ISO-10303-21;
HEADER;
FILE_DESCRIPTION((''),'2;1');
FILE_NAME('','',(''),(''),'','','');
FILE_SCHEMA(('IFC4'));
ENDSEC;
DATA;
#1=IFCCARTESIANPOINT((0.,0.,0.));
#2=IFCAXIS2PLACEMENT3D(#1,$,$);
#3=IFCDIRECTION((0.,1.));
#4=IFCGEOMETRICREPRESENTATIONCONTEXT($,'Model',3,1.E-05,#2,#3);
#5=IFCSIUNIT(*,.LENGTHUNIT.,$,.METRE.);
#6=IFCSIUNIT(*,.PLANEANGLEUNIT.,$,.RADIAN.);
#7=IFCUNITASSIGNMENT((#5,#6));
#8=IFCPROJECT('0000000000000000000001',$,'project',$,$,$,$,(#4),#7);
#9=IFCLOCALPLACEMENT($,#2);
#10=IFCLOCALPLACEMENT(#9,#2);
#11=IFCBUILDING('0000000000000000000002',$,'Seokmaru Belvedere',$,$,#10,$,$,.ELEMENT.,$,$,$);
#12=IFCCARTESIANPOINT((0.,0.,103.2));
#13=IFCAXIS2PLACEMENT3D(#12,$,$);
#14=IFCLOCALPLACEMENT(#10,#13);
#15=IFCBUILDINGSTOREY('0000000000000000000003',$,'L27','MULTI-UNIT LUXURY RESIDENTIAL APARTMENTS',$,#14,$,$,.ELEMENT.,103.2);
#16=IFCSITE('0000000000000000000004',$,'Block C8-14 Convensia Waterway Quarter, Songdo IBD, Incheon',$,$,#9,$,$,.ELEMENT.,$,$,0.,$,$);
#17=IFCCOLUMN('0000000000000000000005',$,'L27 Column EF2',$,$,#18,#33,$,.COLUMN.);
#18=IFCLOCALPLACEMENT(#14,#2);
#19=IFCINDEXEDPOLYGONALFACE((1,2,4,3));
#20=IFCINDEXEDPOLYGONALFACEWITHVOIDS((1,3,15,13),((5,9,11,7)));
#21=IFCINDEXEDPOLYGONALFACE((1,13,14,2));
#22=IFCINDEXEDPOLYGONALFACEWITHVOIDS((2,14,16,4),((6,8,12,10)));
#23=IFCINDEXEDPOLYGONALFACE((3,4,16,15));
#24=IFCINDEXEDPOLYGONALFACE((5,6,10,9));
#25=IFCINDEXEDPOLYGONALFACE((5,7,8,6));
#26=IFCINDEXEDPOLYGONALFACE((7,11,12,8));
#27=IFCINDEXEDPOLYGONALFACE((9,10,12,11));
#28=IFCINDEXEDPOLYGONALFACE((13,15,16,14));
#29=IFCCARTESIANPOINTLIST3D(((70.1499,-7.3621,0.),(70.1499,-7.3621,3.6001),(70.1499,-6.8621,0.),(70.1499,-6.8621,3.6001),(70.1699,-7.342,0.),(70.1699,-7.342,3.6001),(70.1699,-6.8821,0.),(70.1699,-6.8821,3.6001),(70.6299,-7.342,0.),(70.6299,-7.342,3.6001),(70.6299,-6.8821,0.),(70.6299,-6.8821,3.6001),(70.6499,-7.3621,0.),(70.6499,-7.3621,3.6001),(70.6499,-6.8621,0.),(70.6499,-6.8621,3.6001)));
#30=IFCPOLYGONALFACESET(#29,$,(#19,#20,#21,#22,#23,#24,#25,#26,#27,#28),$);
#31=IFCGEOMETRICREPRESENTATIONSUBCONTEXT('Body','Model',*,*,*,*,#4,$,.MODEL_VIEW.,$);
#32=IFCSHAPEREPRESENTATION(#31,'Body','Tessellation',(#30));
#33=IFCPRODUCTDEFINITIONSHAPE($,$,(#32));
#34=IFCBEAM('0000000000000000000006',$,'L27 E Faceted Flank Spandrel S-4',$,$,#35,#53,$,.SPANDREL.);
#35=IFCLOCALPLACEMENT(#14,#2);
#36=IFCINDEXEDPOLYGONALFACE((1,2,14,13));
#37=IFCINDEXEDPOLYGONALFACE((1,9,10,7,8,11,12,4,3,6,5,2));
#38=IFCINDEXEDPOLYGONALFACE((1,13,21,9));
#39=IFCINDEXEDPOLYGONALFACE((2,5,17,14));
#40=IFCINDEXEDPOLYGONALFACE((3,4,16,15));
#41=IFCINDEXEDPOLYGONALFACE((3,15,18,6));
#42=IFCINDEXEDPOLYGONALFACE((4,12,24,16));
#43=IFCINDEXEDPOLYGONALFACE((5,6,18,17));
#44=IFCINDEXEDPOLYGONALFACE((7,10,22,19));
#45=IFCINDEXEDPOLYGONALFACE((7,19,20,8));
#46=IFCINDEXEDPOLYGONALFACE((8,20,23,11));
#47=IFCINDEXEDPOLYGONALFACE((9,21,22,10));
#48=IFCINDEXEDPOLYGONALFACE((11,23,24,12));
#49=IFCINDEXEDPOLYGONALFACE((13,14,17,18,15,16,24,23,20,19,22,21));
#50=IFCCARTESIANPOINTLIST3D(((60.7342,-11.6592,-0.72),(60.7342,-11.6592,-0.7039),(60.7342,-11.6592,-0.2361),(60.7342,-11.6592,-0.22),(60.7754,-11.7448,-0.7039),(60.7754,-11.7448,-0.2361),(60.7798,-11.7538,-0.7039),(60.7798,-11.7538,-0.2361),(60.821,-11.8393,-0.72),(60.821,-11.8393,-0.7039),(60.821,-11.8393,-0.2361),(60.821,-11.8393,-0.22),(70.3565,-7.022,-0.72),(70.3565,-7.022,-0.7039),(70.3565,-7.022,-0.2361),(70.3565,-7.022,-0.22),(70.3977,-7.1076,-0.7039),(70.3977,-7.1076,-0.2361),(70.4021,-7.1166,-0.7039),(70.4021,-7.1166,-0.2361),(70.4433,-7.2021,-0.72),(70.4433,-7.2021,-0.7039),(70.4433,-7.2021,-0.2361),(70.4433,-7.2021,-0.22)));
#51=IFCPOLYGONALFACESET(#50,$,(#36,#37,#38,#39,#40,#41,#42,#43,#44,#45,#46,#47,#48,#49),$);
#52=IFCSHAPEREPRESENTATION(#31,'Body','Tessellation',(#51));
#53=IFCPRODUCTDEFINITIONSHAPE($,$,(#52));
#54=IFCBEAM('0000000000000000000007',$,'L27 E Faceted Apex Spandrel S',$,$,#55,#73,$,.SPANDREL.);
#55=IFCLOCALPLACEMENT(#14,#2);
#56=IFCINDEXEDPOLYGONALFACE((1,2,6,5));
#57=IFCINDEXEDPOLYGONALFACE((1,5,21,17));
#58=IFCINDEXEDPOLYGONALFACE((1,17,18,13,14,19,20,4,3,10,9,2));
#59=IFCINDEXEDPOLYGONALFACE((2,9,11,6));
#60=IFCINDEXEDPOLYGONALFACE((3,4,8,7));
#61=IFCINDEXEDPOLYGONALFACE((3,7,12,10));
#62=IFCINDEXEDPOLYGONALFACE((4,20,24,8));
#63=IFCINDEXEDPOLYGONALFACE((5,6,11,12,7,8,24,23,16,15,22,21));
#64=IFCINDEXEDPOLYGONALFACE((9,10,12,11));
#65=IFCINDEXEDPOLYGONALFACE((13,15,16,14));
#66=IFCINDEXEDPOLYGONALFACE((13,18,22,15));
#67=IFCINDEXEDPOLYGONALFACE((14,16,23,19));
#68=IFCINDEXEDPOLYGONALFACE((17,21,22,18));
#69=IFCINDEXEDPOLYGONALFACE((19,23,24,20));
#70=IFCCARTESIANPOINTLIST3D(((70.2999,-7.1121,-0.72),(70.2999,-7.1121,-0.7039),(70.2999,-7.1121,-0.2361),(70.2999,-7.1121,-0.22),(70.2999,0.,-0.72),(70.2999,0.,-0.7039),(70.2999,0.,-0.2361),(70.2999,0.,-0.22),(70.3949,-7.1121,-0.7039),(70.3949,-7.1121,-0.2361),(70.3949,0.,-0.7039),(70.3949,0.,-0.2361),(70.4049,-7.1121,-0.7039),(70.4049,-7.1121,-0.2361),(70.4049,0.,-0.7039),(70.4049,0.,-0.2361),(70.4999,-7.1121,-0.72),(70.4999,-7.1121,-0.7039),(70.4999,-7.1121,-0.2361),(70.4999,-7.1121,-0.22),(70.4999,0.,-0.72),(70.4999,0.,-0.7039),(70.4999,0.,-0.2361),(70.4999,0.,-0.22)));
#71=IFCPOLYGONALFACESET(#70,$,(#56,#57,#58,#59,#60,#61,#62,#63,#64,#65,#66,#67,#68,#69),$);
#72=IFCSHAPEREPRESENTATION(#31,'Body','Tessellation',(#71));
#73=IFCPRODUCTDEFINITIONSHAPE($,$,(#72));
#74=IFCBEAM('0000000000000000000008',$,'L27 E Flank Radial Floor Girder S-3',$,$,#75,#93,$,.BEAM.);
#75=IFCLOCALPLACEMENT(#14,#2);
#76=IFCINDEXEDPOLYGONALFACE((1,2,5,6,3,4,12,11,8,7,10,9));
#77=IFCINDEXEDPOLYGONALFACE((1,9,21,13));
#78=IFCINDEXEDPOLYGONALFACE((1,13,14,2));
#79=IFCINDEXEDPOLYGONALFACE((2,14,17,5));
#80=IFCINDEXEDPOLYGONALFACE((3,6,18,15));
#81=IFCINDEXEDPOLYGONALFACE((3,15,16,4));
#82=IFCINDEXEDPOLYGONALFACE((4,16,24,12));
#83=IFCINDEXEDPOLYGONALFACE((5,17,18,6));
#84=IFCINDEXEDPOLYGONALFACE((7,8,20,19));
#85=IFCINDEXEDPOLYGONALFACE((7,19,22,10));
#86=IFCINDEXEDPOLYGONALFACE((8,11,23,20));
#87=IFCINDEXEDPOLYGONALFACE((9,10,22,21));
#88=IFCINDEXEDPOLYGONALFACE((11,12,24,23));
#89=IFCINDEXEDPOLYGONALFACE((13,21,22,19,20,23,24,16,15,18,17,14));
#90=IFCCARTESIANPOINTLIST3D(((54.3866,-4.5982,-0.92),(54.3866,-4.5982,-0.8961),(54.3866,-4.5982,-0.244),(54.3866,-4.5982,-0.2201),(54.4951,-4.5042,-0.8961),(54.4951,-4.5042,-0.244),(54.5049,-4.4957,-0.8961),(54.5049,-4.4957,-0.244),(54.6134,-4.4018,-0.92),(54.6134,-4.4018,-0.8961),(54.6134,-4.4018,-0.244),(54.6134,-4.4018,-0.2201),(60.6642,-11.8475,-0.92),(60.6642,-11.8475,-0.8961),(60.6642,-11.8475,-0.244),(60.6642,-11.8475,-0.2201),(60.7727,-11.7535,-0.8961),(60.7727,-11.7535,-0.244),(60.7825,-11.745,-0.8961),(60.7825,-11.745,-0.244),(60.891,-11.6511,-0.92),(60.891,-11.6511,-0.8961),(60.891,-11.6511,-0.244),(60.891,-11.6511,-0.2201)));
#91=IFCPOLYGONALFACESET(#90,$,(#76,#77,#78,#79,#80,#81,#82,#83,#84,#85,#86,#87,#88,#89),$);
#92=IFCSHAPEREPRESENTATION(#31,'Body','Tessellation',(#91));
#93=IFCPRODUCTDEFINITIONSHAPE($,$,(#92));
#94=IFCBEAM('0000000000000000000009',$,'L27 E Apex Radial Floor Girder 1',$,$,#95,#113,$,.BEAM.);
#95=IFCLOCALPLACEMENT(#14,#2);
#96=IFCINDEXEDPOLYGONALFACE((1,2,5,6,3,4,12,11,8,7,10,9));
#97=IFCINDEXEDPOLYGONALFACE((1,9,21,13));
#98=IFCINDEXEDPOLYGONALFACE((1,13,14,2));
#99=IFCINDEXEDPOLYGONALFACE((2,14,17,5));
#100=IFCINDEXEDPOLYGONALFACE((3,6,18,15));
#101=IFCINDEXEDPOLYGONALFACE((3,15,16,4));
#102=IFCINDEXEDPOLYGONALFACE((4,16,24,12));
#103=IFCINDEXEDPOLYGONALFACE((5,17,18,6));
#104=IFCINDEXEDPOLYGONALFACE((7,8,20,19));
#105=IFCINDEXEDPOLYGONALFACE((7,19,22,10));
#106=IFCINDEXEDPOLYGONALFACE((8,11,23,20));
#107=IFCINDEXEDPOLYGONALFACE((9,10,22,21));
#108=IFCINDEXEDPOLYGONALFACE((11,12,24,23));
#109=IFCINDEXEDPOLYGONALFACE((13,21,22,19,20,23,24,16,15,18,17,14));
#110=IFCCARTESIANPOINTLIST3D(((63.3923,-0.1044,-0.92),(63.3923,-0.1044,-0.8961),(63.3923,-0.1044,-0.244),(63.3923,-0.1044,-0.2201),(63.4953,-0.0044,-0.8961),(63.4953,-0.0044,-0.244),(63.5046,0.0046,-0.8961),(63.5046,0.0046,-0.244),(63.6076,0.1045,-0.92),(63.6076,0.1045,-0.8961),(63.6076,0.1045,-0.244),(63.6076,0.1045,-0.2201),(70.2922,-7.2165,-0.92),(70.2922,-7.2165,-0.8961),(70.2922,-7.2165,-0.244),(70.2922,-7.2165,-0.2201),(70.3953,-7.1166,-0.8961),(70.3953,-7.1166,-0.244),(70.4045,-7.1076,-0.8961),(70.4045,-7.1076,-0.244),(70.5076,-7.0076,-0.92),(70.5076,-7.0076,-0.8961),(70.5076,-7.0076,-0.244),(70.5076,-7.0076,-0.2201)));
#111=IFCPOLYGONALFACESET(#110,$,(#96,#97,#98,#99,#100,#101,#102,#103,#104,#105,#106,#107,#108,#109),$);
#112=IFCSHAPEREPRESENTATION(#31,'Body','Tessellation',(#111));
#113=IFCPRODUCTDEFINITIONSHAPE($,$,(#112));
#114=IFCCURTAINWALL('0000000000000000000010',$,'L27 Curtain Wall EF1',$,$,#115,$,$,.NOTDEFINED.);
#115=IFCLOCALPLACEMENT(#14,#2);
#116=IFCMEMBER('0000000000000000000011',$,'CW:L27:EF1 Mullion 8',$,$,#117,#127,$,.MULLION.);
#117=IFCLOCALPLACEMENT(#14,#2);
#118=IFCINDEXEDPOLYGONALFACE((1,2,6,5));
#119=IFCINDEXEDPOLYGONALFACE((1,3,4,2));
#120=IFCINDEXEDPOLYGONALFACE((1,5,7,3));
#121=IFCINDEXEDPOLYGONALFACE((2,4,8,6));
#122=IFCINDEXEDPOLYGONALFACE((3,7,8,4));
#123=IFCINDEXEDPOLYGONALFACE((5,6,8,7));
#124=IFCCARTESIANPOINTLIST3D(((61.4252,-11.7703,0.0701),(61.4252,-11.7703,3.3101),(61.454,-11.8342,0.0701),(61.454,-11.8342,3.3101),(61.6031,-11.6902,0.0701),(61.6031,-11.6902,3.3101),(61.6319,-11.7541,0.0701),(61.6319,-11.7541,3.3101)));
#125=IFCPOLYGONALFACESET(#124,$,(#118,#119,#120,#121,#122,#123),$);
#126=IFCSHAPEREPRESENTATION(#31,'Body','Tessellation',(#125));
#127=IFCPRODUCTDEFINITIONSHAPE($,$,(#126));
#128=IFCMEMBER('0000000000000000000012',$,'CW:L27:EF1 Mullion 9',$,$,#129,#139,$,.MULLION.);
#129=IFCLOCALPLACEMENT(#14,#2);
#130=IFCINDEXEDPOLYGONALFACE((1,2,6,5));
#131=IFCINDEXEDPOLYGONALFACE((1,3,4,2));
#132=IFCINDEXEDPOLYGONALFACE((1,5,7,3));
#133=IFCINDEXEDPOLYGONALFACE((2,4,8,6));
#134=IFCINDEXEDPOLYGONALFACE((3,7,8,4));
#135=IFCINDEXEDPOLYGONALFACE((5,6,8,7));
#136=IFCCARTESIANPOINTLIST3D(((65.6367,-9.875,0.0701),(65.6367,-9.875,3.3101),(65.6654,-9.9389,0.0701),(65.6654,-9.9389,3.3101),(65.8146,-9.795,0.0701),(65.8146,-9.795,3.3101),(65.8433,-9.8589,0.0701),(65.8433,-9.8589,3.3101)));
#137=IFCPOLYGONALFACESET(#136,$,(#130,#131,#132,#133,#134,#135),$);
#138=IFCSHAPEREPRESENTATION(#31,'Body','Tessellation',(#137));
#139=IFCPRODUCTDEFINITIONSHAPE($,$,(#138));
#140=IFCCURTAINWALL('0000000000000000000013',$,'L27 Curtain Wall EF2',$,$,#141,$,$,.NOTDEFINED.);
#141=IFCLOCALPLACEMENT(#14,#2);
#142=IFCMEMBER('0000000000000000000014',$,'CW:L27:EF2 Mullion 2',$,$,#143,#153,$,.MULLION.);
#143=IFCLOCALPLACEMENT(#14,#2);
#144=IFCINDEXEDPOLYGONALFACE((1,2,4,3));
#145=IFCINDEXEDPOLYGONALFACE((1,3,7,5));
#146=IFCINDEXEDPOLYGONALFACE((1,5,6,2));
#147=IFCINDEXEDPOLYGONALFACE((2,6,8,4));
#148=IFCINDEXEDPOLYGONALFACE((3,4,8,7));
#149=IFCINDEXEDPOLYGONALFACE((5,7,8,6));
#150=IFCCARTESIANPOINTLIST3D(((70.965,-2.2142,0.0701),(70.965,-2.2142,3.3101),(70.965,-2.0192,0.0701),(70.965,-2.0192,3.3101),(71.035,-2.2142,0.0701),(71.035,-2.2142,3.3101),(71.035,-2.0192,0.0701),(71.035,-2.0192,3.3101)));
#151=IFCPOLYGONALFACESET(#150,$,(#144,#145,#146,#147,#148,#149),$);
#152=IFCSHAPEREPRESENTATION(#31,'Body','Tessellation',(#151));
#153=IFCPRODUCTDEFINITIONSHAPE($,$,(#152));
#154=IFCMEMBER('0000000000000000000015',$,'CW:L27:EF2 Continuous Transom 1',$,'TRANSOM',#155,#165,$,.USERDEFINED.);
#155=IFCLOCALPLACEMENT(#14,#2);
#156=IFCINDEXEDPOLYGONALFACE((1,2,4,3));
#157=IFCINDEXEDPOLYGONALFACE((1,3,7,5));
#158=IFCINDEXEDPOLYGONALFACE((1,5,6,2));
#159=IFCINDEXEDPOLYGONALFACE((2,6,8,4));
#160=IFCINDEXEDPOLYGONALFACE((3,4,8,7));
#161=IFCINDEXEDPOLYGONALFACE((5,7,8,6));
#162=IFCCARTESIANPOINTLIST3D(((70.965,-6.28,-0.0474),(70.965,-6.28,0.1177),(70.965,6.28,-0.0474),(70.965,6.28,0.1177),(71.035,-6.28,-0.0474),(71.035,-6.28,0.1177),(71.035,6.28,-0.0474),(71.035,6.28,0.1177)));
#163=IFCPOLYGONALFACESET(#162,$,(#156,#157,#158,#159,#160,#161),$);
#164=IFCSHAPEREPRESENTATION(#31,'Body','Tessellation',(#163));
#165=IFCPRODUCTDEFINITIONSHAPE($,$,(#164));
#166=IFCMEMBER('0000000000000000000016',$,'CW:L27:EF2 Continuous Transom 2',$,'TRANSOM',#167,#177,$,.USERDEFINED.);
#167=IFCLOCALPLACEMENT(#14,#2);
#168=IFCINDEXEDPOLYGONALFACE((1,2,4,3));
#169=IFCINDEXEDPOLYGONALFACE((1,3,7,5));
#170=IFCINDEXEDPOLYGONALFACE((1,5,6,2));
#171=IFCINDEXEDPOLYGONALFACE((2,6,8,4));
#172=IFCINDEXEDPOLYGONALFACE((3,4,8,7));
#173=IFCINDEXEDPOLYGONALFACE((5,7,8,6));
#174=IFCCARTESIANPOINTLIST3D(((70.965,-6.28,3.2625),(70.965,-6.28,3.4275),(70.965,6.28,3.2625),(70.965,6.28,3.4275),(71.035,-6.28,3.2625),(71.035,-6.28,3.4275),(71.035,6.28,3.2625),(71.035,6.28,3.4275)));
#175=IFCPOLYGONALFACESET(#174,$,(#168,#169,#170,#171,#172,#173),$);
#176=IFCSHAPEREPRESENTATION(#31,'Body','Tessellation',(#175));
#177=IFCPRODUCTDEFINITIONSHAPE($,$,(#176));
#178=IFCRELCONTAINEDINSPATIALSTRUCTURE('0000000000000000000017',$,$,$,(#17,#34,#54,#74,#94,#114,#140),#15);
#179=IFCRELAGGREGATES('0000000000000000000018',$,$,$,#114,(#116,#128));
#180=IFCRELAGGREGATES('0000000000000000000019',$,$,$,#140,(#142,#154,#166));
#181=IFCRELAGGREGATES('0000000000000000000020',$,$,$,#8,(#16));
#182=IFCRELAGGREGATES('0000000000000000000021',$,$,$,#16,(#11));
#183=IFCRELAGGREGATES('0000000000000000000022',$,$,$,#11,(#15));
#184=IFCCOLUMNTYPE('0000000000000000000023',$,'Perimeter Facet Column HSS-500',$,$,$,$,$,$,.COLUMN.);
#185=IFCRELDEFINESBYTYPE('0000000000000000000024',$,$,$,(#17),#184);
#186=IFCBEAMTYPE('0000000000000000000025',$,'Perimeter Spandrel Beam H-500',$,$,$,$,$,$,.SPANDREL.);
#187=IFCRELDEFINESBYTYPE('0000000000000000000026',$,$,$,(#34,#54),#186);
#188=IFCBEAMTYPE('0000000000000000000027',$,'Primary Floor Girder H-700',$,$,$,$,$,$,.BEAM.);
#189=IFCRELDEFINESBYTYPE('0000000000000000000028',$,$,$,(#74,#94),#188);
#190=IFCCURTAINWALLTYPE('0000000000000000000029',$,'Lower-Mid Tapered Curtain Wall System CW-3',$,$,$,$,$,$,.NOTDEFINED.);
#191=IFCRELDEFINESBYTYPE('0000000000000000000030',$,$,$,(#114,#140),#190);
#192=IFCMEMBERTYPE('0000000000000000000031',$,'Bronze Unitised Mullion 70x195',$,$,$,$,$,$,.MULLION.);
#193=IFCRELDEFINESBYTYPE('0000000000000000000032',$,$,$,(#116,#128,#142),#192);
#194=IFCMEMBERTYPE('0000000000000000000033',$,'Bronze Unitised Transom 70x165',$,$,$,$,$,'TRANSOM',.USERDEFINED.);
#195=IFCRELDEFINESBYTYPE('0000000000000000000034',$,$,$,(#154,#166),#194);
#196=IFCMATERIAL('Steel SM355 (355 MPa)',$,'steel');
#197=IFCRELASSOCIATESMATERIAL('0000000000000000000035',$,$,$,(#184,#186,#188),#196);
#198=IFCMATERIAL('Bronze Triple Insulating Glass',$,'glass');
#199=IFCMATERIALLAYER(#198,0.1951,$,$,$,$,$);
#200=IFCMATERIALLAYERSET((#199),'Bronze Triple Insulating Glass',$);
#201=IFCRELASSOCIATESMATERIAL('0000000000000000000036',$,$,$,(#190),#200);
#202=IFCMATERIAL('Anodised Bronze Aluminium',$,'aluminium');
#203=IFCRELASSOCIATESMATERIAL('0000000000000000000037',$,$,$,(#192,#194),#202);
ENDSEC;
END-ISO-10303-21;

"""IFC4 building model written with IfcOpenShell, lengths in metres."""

from ifc_helpers import new_model, si_unit, direction, frame, origin, origin_2d, place, context, subcontext, project, spatial, rectangle, hollow_rectangle, i_section, extrude, source, transform, mapped, material, layer, layer_set, material_profile, profile_set, type_object, type_shapes, element, aggregate, save


model = new_model("IFC4")

# Units and contexts
model_context = context("Model", 3, precision=1e-05, world=origin(), true_north=direction((0.0, 1.0)))
body_context = subcontext(model_context, "Body", "Model", "MODEL_VIEW")
ifc_project = project(units=[si_unit("LENGTHUNIT", "METRE"), si_unit("PLANEANGLEUNIT", "RADIAN")], contexts=[model_context])

# Site, building, storey
site_placement = place(None, origin())
site = spatial("IfcSite", under=ifc_project, at=site_placement, Name="Block C8-14 Convensia Waterway Quarter, Songdo IBD, Incheon", CompositionType="ELEMENT", RefElevation=0.0)
building_placement = place(site_placement, origin())
building = spatial("IfcBuilding", under=site, at=building_placement, Name="Seokmaru Belvedere", CompositionType="ELEMENT")
storey_placement = place(building_placement, frame((0.0, 0.0, 103.2)))
storey = spatial("IfcBuildingStorey", under=building, at=storey_placement, Name="L27", Description="MULTI-UNIT LUXURY RESIDENTIAL APARTMENTS", CompositionType="ELEMENT", Elevation=103.2)

# Column
ifc_material_1 = material(Name="Steel SM355 (355 MPa)", Category="steel")
ifc_material_profile_1 = material_profile(ifc_material_1, hollow_rectangle(XDim=0.5, YDim=0.5, WallThickness=0.02, at=origin_2d()), Name="HSS-500x500x20")
ifc_profile_set_1 = profile_set([ifc_material_profile_1], Name="Steel SM355 (355 MPa)")
column_type = type_object("IfcColumnType", Name="Perimeter Facet Column HSS-500", PredefinedType="COLUMN", material=ifc_profile_set_1)
shared_shape_1 = source(origin(), body_context, "Body", "SweptSolid", [
    extrude(hollow_rectangle(XDim=0.5, YDim=0.5, WallThickness=0.02, at=origin_2d()), origin(), (0.0, 0.0, 1.0), 3.6001),
])
type_shapes(column_type, [shared_shape_1])
column_placement = place(storey_placement, frame((70.3999, -7.1121, 0.0), z_axis=(0.0, 0.0, 1.0), x_axis=(1.0, 0.0, 0.0)))
element("IfcColumn", 1, at=column_placement, inside=storey, type_object=column_type, Name="L27 Column EF2", PredefinedType="COLUMN", context=body_context, shape_type="MappedRepresentation", body=[
    mapped(shared_shape_1, transform((0.0, 0.0, 0.0), scale=1.0)),
])

# Beams
ifc_material_profile_2 = material_profile(ifc_material_1, i_section(OverallWidth=0.2, OverallDepth=0.5, WebThickness=0.01, FlangeThickness=0.0161, at=origin_2d()), Name="H-500x200x10x16")
ifc_profile_set_2 = profile_set([ifc_material_profile_2], Name="Steel SM355 (355 MPa)")
beam_type_1 = type_object("IfcBeamType", Name="Perimeter Spandrel Beam H-500", PredefinedType="SPANDREL", material=ifc_profile_set_2)
shared_shape_2 = source(origin(), body_context, "Body", "SweptSolid", [
    extrude(i_section(OverallWidth=0.2, OverallDepth=0.5, WebThickness=0.01, FlangeThickness=0.0161, at=origin_2d()), origin(), (0.0, 0.0, 1.0), 10.6814),
])
beam_1_placement = place(storey_placement, frame((60.7776, -11.7493, -0.47), z_axis=(0.900846, 0.434138, 0.0), x_axis=(-0.434138, 0.900846, 0.0)))
element("IfcBeam", 2, at=beam_1_placement, inside=storey, type_object=beam_type_1, Name="L27 E Faceted Flank Spandrel S-4", PredefinedType="SPANDREL", context=body_context, shape_type="MappedRepresentation", body=[
    mapped(shared_shape_2, transform((0.0, 0.0, 0.0), scale=1.0)),
])
shared_shape_3 = source(origin(), body_context, "Body", "SweptSolid", [
    extrude(i_section(OverallWidth=0.2, OverallDepth=0.5, WebThickness=0.01, FlangeThickness=0.0161, at=origin_2d()), origin(), (0.0, 0.0, 1.0), 7.1121),
])
type_shapes(beam_type_1, [shared_shape_2, shared_shape_3])
beam_2_placement = place(storey_placement, frame((70.3999, -7.1121, -0.47), z_axis=(0.0, 1.0, 0.0), x_axis=(-1.0, 0.0, 0.0)))
element("IfcBeam", 3, at=beam_2_placement, inside=storey, type_object=beam_type_1, Name="L27 E Faceted Apex Spandrel S", PredefinedType="SPANDREL", context=body_context, shape_type="MappedRepresentation", body=[
    mapped(shared_shape_3, transform((0.0, 0.0, 0.0), scale=1.0)),
])
ifc_material_profile_3 = material_profile(ifc_material_1, i_section(OverallWidth=0.3, OverallDepth=0.7, WebThickness=0.0129, FlangeThickness=0.0239, at=origin_2d()), Name="H-700x300x13x24")
ifc_profile_set_3 = profile_set([ifc_material_profile_3], Name="Steel SM355 (355 MPa)")
beam_type_2 = type_object("IfcBeamType", Name="Primary Floor Girder H-700", PredefinedType="BEAM", material=ifc_profile_set_3)
shared_shape_4 = source(origin(), body_context, "Body", "SweptSolid", [
    extrude(i_section(OverallWidth=0.3, OverallDepth=0.7, WebThickness=0.0129, FlangeThickness=0.0239, at=origin_2d()), origin(), (0.0, 0.0, 1.0), 9.5896),
])
beam_3_placement = place(storey_placement, frame((60.7776, -11.7493, -0.5701), z_axis=(-0.654626, 0.755953, 0.0), x_axis=(-0.755953, -0.654626, 0.0)))
element("IfcBeam", 4, at=beam_3_placement, inside=storey, type_object=beam_type_2, Name="L27 E Flank Radial Floor Girder S-3", PredefinedType="BEAM", context=body_context, shape_type="MappedRepresentation", body=[
    mapped(shared_shape_4, transform((0.0, 0.0, 0.0), scale=1.0)),
])
shared_shape_5 = source(origin(), body_context, "Body", "SweptSolid", [
    extrude(i_section(OverallWidth=0.3, OverallDepth=0.7, WebThickness=0.0129, FlangeThickness=0.0239, at=origin_2d()), origin(), (0.0, 0.0, 1.0), 9.9092),
])
type_shapes(beam_type_2, [shared_shape_4, shared_shape_5])
beam_4_placement = place(storey_placement, frame((70.3999, -7.1121, -0.5701), z_axis=(-0.696321, 0.717731, 0.0), x_axis=(-0.717731, -0.696321, 0.0)))
element("IfcBeam", 5, at=beam_4_placement, inside=storey, type_object=beam_type_2, Name="L27 E Apex Radial Floor Girder 1", PredefinedType="BEAM", context=body_context, shape_type="MappedRepresentation", body=[
    mapped(shared_shape_5, transform((0.0, 0.0, 0.0), scale=1.0)),
])

# Curtain walls, members
ifc_material_2 = material(Name="Bronze Triple Insulating Glass", Category="glass")
ifc_layer_1 = layer(ifc_material_2, 0.1951)
ifc_layer_set_1 = layer_set([ifc_layer_1], Name="Bronze Triple Insulating Glass")
curtain_wall_type = type_object("IfcCurtainWallType", Name="Lower-Mid Tapered Curtain Wall System CW-3", PredefinedType="NOTDEFINED", material=ifc_layer_set_1)
curtain_wall_1_placement = place(storey_placement, origin())
curtain_wall_1 = element("IfcCurtainWall", 6, at=curtain_wall_1_placement, inside=storey, type_object=curtain_wall_type, Name="L27 Curtain Wall EF1", PredefinedType="NOTDEFINED")
ifc_material_3 = material(Name="Anodised Bronze Aluminium", Category="aluminium")
ifc_material_profile_4 = material_profile(ifc_material_3, rectangle(XDim=0.0701, YDim=0.1951, at=origin_2d()), Name="CW-M-70x195")
ifc_profile_set_4 = profile_set([ifc_material_profile_4], Name="Anodised Bronze Aluminium")
member_type_1 = type_object("IfcMemberType", Name="Bronze Unitised Mullion 70x195", PredefinedType="MULLION", material=ifc_profile_set_4)
shared_shape_6 = source(origin(), body_context, "Body", "SweptSolid", [
    extrude(rectangle(XDim=0.0701, YDim=0.1951, at=origin_2d()), origin(), (0.0, 0.0, 1.0), 3.24),
])
member_1_placement = place(storey_placement, frame((61.5286, -11.7622, 0.0701), z_axis=(0.0, 0.0, 1.0), x_axis=(-0.410366, 0.911921, 0.0)))
member_1 = element("IfcMember", 7, at=member_1_placement, type_object=member_type_1, Name="CW:L27:EF1 Mullion 8", PredefinedType="MULLION", context=body_context, shape_type="MappedRepresentation", body=[
    mapped(shared_shape_6, transform((0.0, 0.0, 0.0), scale=1.0)),
])
member_2_placement = place(storey_placement, frame((65.74, -9.8669, 0.0701), z_axis=(0.0, 0.0, 1.0), x_axis=(-0.410366, 0.911921, 0.0)))
member_2 = element("IfcMember", 8, at=member_2_placement, type_object=member_type_1, Name="CW:L27:EF1 Mullion 9", PredefinedType="MULLION", context=body_context, shape_type="MappedRepresentation", body=[
    mapped(shared_shape_6, transform((0.0, 0.0, 0.0), scale=1.0)),
])
curtain_wall_2_placement = place(storey_placement, origin())
curtain_wall_2 = element("IfcCurtainWall", 9, at=curtain_wall_2_placement, inside=storey, type_object=curtain_wall_type, Name="L27 Curtain Wall EF2", PredefinedType="NOTDEFINED")
member_3_placement = place(storey_placement, frame((71.0, -2.1167, 0.0701), z_axis=(0.0, 0.0, 1.0), x_axis=(-1.0, 0.0, 0.0)))
member_3 = element("IfcMember", 10, at=member_3_placement, type_object=member_type_1, Name="CW:L27:EF2 Mullion 2", PredefinedType="MULLION", context=body_context, shape_type="MappedRepresentation", body=[
    mapped(shared_shape_6, transform((0.0, 0.0, 0.0), scale=1.0)),
])
ifc_material_profile_5 = material_profile(ifc_material_3, rectangle(XDim=0.0701, YDim=0.165, at=origin_2d()), Name="CW-T-70x165")
ifc_profile_set_5 = profile_set([ifc_material_profile_5], Name="Anodised Bronze Aluminium")
member_type_2 = type_object("IfcMemberType", Name="Bronze Unitised Transom 70x165", ElementType="TRANSOM", PredefinedType="USERDEFINED", material=ifc_profile_set_5)
shared_shape_7 = source(origin(), body_context, "Body", "SweptSolid", [
    extrude(rectangle(XDim=0.0701, YDim=0.165, at=origin_2d()), origin(), (0.0, 0.0, 1.0), 12.5601),
])
type_shapes(member_type_2, [shared_shape_7])
member_4_placement = place(storey_placement, frame((71.0, -6.28, 0.0352), z_axis=(0.0, 1.0, 0.0), x_axis=(-1.0, 0.0, 0.0)))
member_4 = element("IfcMember", 11, at=member_4_placement, type_object=member_type_2, Name="CW:L27:EF2 Continuous Transom 1", ObjectType="TRANSOM", PredefinedType="USERDEFINED", context=body_context, shape_type="MappedRepresentation", body=[
    mapped(shared_shape_7, transform((0.0, 0.0, 0.0), scale=1.0)),
])
member_5_placement = place(storey_placement, frame((71.0, -6.28, 3.345), z_axis=(0.0, 1.0, 0.0), x_axis=(-1.0, 0.0, 0.0)))
member_5 = element("IfcMember", 12, at=member_5_placement, type_object=member_type_2, Name="CW:L27:EF2 Continuous Transom 2", ObjectType="TRANSOM", PredefinedType="USERDEFINED", context=body_context, shape_type="MappedRepresentation", body=[
    mapped(shared_shape_7, transform((0.0, 0.0, 0.0), scale=1.0)),
])

aggregate(curtain_wall_1, [member_1, member_2])
aggregate(curtain_wall_2, [member_3, member_4, member_5])

save(model, "model.ifc")
